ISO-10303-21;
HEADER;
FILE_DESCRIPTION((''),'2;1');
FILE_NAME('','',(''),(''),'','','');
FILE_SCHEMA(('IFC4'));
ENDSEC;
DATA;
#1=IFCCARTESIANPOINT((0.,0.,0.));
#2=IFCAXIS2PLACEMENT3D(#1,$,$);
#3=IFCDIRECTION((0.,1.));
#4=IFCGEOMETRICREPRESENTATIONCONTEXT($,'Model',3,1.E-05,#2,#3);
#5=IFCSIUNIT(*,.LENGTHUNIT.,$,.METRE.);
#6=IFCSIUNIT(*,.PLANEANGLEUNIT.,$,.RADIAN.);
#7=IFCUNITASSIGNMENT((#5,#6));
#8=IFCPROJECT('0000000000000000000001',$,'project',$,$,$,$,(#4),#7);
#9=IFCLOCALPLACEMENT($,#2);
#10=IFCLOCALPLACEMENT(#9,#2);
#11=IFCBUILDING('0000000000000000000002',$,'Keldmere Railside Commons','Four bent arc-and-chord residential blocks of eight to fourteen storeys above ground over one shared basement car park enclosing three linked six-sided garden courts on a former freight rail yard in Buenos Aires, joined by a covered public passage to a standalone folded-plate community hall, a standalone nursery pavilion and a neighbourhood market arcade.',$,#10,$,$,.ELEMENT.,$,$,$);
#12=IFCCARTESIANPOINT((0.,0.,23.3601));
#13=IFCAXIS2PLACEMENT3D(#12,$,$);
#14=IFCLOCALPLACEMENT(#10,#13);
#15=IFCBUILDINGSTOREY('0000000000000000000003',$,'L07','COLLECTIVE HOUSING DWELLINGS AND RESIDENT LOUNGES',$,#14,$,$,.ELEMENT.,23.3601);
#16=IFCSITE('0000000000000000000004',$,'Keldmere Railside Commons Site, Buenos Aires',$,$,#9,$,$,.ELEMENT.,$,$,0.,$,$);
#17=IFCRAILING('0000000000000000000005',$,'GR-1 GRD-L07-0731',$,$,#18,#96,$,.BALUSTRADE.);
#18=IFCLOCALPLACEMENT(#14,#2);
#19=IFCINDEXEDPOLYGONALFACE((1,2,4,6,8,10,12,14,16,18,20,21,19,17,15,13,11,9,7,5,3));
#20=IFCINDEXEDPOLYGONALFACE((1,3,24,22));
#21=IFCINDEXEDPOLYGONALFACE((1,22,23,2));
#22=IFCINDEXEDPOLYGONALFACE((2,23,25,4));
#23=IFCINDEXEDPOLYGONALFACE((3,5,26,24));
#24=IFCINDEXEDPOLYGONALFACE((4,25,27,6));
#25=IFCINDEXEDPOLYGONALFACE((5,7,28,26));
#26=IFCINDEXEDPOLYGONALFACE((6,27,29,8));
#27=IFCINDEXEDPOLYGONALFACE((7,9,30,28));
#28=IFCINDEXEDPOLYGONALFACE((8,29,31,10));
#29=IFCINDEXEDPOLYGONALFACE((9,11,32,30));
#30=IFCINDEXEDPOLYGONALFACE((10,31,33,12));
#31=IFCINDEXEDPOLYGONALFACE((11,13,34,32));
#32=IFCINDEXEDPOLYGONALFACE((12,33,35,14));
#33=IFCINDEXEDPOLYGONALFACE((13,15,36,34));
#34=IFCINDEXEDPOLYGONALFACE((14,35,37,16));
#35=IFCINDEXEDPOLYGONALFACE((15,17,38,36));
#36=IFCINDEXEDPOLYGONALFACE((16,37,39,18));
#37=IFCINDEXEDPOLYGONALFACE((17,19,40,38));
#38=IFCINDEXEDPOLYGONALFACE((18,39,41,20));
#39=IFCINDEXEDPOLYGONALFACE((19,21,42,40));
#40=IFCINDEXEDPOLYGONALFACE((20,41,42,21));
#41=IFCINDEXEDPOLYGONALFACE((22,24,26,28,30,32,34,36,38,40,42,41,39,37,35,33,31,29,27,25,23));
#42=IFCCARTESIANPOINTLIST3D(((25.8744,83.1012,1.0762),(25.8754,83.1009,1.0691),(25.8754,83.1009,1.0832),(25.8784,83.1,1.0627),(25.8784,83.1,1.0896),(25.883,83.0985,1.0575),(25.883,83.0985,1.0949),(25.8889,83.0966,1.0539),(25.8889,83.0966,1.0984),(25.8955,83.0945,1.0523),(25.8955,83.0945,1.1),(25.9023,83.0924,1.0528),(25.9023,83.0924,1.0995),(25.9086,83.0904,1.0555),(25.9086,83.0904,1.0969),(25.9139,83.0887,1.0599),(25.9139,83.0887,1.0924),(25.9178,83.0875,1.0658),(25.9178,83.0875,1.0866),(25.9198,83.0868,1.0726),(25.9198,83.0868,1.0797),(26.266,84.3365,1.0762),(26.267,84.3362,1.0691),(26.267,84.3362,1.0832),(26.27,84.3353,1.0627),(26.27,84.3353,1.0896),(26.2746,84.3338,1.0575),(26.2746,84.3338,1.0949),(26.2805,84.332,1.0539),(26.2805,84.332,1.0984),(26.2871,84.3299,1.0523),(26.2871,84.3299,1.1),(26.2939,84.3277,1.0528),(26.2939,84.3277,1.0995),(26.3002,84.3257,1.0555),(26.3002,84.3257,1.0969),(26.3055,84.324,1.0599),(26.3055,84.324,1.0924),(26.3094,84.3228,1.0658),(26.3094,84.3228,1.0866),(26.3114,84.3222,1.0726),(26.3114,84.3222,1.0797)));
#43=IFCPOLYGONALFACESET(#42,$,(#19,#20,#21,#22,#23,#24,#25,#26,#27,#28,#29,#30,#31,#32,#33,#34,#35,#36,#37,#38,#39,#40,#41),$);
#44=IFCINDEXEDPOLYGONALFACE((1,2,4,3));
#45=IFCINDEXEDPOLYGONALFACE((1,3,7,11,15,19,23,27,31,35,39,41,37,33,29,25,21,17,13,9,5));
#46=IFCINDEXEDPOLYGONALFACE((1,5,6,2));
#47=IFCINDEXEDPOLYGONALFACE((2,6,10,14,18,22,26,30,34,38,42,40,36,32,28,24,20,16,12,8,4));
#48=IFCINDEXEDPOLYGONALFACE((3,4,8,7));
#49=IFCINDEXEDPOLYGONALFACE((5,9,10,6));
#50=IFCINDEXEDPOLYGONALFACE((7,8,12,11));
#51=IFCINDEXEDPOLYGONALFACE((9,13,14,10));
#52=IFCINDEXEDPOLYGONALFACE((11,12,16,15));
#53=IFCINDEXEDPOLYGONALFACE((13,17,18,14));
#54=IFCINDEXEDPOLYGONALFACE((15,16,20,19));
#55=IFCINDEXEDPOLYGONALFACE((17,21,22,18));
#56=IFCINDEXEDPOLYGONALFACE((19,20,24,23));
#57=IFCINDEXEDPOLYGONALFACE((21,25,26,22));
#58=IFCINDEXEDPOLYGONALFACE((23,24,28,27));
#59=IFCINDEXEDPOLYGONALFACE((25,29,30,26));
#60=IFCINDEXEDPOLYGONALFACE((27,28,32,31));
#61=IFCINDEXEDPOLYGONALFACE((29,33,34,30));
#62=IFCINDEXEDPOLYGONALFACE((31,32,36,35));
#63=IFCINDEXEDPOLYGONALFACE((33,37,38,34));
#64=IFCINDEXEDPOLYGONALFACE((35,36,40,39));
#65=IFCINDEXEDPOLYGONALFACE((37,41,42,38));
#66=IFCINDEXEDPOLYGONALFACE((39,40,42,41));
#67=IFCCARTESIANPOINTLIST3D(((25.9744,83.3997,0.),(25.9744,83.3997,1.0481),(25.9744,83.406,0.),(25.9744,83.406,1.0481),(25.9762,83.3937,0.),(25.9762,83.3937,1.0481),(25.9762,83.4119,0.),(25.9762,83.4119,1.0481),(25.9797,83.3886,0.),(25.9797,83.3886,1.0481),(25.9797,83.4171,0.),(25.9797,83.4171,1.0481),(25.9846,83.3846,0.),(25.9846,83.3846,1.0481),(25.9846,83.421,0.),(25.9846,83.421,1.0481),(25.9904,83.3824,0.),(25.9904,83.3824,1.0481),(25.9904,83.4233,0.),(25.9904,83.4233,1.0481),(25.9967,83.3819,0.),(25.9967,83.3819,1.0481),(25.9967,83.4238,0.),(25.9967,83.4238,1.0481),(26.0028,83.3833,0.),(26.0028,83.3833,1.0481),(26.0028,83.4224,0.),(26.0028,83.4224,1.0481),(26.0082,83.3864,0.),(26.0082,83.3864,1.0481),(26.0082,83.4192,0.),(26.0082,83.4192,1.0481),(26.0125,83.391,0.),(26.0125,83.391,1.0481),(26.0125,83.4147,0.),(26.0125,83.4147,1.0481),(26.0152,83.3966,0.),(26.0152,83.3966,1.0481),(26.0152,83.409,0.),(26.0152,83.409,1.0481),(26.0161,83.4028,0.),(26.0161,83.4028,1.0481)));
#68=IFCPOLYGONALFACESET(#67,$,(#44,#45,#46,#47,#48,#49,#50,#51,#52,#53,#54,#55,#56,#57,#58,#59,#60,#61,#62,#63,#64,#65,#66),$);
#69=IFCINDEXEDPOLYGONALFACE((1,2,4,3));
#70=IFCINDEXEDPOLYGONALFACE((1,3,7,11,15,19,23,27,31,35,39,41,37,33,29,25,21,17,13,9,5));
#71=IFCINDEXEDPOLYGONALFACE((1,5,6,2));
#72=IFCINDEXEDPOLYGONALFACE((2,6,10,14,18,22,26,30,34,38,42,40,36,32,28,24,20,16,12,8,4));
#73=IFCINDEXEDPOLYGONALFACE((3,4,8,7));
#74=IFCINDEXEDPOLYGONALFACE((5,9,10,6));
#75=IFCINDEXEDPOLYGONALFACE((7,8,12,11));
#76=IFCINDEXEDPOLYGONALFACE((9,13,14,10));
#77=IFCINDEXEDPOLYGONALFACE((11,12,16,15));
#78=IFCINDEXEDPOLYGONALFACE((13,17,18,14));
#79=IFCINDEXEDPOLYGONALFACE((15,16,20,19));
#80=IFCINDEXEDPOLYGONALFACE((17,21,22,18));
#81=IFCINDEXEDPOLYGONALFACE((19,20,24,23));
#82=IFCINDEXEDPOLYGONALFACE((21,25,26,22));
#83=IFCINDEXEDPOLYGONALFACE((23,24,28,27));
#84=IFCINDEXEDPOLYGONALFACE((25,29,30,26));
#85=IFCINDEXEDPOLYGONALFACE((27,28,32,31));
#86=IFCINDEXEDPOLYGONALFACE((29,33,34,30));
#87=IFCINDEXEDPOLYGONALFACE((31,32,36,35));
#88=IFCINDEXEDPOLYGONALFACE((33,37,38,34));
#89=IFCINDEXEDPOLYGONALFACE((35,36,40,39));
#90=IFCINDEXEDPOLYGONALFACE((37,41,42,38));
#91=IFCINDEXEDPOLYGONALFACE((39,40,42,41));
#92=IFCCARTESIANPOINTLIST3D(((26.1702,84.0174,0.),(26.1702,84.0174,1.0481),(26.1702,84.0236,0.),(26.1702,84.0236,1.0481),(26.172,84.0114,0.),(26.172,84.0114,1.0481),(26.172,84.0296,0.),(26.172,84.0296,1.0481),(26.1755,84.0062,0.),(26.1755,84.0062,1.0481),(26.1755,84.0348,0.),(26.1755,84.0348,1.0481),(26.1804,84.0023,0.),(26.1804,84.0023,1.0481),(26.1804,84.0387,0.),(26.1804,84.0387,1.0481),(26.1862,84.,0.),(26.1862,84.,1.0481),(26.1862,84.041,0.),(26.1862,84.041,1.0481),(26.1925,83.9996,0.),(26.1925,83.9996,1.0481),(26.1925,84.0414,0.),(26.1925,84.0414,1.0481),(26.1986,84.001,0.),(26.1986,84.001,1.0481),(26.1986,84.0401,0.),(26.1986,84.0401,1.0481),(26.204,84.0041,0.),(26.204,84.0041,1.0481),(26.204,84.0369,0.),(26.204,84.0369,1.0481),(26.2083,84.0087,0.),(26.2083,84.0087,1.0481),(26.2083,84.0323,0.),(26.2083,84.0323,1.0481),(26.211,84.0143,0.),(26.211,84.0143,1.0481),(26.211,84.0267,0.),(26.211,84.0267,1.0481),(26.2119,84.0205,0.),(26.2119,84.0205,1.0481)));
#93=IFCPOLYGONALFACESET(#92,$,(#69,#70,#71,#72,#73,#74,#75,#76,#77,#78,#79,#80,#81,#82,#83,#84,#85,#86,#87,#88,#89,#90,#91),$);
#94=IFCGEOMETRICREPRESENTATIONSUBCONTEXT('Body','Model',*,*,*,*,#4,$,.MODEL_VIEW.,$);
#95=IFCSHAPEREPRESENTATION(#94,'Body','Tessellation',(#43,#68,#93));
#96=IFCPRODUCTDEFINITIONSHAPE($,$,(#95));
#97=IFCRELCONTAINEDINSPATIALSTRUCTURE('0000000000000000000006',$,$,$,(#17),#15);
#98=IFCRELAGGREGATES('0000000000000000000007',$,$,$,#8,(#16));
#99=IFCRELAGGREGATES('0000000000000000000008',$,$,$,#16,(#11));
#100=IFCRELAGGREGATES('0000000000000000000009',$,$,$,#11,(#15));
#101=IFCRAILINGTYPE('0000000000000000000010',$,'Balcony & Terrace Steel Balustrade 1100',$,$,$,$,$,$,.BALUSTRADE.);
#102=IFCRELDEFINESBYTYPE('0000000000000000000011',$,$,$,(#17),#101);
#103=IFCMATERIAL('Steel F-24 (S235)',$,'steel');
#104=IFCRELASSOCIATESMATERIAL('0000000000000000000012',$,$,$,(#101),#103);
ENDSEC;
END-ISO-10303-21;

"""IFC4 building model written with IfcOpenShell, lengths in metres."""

from ifc_helpers import new_model, si_unit, direction, frame, origin, origin_2d, place, context, subcontext, project, spatial, circle, extrude, material, type_object, element, save


model = new_model("IFC4")

# Units and contexts
model_context = context("Model", 3, precision=1e-05, world=origin(), true_north=direction((0.0, 1.0)))
body_context = subcontext(model_context, "Body", "Model", "MODEL_VIEW")
ifc_project = project(units=[si_unit("LENGTHUNIT", "METRE"), si_unit("PLANEANGLEUNIT", "RADIAN")], contexts=[model_context])

# Site, building, storey
site_placement = place(None, origin())
site = spatial("IfcSite", under=ifc_project, at=site_placement, Name="Keldmere Railside Commons Site, Buenos Aires", CompositionType="ELEMENT", RefElevation=0.0)
building_placement = place(site_placement, origin())
building = spatial("IfcBuilding", under=site, at=building_placement, Name="Keldmere Railside Commons", Description="Four bent arc-and-chord residential blocks of eight to fourteen storeys above ground over one shared basement car park enclosing three linked six-sided garden courts on a former freight rail yard in Buenos Aires, joined by a covered public passage to a standalone folded-plate community hall, a standalone nursery pavilion and a neighbourhood market arcade.", CompositionType="ELEMENT")
storey_placement = place(building_placement, frame((0.0, 0.0, 23.3601)))
storey = spatial("IfcBuildingStorey", under=building, at=storey_placement, Name="L07", Description="COLLECTIVE HOUSING DWELLINGS AND RESIDENT LOUNGES", CompositionType="ELEMENT", Elevation=23.3601)

# Railing
ifc_material_1 = material(Name="Steel F-24 (S235)", Category="steel")
railing_type = type_object("IfcRailingType", Name="Balcony & Terrace Steel Balustrade 1100", PredefinedType="BALUSTRADE", material=ifc_material_1)
railing_1_placement = place(storey_placement, frame((25.8972, 83.094, 0.0)))
element("IfcRailing", 1, at=railing_1_placement, inside=storey, type_object=railing_type, Name="GR-1 GRD-L07-0731", PredefinedType="BALUSTRADE", context=body_context, shape_type="SweptSolid", body=[
    extrude(circle(Radius=0.0239, at=origin_2d()), frame((0.0, 0.0, 1.0762), z_axis=(0.302177, 0.953252, 0.0), x_axis=(-0.953252, 0.302177, 0.0)), (0.0, 0.0, 1.0), 1.2959),
    extrude(circle(Radius=0.021, at=origin_2d()), frame((0.0979, 0.3088, 0.0)), (0.0, 0.0, 1.0), 1.0481),
    extrude(circle(Radius=0.021, at=origin_2d()), frame((0.2937, 0.9265, 0.0)), (0.0, 0.0, 1.0), 1.0481),
])

save(model, "model.ifc")
